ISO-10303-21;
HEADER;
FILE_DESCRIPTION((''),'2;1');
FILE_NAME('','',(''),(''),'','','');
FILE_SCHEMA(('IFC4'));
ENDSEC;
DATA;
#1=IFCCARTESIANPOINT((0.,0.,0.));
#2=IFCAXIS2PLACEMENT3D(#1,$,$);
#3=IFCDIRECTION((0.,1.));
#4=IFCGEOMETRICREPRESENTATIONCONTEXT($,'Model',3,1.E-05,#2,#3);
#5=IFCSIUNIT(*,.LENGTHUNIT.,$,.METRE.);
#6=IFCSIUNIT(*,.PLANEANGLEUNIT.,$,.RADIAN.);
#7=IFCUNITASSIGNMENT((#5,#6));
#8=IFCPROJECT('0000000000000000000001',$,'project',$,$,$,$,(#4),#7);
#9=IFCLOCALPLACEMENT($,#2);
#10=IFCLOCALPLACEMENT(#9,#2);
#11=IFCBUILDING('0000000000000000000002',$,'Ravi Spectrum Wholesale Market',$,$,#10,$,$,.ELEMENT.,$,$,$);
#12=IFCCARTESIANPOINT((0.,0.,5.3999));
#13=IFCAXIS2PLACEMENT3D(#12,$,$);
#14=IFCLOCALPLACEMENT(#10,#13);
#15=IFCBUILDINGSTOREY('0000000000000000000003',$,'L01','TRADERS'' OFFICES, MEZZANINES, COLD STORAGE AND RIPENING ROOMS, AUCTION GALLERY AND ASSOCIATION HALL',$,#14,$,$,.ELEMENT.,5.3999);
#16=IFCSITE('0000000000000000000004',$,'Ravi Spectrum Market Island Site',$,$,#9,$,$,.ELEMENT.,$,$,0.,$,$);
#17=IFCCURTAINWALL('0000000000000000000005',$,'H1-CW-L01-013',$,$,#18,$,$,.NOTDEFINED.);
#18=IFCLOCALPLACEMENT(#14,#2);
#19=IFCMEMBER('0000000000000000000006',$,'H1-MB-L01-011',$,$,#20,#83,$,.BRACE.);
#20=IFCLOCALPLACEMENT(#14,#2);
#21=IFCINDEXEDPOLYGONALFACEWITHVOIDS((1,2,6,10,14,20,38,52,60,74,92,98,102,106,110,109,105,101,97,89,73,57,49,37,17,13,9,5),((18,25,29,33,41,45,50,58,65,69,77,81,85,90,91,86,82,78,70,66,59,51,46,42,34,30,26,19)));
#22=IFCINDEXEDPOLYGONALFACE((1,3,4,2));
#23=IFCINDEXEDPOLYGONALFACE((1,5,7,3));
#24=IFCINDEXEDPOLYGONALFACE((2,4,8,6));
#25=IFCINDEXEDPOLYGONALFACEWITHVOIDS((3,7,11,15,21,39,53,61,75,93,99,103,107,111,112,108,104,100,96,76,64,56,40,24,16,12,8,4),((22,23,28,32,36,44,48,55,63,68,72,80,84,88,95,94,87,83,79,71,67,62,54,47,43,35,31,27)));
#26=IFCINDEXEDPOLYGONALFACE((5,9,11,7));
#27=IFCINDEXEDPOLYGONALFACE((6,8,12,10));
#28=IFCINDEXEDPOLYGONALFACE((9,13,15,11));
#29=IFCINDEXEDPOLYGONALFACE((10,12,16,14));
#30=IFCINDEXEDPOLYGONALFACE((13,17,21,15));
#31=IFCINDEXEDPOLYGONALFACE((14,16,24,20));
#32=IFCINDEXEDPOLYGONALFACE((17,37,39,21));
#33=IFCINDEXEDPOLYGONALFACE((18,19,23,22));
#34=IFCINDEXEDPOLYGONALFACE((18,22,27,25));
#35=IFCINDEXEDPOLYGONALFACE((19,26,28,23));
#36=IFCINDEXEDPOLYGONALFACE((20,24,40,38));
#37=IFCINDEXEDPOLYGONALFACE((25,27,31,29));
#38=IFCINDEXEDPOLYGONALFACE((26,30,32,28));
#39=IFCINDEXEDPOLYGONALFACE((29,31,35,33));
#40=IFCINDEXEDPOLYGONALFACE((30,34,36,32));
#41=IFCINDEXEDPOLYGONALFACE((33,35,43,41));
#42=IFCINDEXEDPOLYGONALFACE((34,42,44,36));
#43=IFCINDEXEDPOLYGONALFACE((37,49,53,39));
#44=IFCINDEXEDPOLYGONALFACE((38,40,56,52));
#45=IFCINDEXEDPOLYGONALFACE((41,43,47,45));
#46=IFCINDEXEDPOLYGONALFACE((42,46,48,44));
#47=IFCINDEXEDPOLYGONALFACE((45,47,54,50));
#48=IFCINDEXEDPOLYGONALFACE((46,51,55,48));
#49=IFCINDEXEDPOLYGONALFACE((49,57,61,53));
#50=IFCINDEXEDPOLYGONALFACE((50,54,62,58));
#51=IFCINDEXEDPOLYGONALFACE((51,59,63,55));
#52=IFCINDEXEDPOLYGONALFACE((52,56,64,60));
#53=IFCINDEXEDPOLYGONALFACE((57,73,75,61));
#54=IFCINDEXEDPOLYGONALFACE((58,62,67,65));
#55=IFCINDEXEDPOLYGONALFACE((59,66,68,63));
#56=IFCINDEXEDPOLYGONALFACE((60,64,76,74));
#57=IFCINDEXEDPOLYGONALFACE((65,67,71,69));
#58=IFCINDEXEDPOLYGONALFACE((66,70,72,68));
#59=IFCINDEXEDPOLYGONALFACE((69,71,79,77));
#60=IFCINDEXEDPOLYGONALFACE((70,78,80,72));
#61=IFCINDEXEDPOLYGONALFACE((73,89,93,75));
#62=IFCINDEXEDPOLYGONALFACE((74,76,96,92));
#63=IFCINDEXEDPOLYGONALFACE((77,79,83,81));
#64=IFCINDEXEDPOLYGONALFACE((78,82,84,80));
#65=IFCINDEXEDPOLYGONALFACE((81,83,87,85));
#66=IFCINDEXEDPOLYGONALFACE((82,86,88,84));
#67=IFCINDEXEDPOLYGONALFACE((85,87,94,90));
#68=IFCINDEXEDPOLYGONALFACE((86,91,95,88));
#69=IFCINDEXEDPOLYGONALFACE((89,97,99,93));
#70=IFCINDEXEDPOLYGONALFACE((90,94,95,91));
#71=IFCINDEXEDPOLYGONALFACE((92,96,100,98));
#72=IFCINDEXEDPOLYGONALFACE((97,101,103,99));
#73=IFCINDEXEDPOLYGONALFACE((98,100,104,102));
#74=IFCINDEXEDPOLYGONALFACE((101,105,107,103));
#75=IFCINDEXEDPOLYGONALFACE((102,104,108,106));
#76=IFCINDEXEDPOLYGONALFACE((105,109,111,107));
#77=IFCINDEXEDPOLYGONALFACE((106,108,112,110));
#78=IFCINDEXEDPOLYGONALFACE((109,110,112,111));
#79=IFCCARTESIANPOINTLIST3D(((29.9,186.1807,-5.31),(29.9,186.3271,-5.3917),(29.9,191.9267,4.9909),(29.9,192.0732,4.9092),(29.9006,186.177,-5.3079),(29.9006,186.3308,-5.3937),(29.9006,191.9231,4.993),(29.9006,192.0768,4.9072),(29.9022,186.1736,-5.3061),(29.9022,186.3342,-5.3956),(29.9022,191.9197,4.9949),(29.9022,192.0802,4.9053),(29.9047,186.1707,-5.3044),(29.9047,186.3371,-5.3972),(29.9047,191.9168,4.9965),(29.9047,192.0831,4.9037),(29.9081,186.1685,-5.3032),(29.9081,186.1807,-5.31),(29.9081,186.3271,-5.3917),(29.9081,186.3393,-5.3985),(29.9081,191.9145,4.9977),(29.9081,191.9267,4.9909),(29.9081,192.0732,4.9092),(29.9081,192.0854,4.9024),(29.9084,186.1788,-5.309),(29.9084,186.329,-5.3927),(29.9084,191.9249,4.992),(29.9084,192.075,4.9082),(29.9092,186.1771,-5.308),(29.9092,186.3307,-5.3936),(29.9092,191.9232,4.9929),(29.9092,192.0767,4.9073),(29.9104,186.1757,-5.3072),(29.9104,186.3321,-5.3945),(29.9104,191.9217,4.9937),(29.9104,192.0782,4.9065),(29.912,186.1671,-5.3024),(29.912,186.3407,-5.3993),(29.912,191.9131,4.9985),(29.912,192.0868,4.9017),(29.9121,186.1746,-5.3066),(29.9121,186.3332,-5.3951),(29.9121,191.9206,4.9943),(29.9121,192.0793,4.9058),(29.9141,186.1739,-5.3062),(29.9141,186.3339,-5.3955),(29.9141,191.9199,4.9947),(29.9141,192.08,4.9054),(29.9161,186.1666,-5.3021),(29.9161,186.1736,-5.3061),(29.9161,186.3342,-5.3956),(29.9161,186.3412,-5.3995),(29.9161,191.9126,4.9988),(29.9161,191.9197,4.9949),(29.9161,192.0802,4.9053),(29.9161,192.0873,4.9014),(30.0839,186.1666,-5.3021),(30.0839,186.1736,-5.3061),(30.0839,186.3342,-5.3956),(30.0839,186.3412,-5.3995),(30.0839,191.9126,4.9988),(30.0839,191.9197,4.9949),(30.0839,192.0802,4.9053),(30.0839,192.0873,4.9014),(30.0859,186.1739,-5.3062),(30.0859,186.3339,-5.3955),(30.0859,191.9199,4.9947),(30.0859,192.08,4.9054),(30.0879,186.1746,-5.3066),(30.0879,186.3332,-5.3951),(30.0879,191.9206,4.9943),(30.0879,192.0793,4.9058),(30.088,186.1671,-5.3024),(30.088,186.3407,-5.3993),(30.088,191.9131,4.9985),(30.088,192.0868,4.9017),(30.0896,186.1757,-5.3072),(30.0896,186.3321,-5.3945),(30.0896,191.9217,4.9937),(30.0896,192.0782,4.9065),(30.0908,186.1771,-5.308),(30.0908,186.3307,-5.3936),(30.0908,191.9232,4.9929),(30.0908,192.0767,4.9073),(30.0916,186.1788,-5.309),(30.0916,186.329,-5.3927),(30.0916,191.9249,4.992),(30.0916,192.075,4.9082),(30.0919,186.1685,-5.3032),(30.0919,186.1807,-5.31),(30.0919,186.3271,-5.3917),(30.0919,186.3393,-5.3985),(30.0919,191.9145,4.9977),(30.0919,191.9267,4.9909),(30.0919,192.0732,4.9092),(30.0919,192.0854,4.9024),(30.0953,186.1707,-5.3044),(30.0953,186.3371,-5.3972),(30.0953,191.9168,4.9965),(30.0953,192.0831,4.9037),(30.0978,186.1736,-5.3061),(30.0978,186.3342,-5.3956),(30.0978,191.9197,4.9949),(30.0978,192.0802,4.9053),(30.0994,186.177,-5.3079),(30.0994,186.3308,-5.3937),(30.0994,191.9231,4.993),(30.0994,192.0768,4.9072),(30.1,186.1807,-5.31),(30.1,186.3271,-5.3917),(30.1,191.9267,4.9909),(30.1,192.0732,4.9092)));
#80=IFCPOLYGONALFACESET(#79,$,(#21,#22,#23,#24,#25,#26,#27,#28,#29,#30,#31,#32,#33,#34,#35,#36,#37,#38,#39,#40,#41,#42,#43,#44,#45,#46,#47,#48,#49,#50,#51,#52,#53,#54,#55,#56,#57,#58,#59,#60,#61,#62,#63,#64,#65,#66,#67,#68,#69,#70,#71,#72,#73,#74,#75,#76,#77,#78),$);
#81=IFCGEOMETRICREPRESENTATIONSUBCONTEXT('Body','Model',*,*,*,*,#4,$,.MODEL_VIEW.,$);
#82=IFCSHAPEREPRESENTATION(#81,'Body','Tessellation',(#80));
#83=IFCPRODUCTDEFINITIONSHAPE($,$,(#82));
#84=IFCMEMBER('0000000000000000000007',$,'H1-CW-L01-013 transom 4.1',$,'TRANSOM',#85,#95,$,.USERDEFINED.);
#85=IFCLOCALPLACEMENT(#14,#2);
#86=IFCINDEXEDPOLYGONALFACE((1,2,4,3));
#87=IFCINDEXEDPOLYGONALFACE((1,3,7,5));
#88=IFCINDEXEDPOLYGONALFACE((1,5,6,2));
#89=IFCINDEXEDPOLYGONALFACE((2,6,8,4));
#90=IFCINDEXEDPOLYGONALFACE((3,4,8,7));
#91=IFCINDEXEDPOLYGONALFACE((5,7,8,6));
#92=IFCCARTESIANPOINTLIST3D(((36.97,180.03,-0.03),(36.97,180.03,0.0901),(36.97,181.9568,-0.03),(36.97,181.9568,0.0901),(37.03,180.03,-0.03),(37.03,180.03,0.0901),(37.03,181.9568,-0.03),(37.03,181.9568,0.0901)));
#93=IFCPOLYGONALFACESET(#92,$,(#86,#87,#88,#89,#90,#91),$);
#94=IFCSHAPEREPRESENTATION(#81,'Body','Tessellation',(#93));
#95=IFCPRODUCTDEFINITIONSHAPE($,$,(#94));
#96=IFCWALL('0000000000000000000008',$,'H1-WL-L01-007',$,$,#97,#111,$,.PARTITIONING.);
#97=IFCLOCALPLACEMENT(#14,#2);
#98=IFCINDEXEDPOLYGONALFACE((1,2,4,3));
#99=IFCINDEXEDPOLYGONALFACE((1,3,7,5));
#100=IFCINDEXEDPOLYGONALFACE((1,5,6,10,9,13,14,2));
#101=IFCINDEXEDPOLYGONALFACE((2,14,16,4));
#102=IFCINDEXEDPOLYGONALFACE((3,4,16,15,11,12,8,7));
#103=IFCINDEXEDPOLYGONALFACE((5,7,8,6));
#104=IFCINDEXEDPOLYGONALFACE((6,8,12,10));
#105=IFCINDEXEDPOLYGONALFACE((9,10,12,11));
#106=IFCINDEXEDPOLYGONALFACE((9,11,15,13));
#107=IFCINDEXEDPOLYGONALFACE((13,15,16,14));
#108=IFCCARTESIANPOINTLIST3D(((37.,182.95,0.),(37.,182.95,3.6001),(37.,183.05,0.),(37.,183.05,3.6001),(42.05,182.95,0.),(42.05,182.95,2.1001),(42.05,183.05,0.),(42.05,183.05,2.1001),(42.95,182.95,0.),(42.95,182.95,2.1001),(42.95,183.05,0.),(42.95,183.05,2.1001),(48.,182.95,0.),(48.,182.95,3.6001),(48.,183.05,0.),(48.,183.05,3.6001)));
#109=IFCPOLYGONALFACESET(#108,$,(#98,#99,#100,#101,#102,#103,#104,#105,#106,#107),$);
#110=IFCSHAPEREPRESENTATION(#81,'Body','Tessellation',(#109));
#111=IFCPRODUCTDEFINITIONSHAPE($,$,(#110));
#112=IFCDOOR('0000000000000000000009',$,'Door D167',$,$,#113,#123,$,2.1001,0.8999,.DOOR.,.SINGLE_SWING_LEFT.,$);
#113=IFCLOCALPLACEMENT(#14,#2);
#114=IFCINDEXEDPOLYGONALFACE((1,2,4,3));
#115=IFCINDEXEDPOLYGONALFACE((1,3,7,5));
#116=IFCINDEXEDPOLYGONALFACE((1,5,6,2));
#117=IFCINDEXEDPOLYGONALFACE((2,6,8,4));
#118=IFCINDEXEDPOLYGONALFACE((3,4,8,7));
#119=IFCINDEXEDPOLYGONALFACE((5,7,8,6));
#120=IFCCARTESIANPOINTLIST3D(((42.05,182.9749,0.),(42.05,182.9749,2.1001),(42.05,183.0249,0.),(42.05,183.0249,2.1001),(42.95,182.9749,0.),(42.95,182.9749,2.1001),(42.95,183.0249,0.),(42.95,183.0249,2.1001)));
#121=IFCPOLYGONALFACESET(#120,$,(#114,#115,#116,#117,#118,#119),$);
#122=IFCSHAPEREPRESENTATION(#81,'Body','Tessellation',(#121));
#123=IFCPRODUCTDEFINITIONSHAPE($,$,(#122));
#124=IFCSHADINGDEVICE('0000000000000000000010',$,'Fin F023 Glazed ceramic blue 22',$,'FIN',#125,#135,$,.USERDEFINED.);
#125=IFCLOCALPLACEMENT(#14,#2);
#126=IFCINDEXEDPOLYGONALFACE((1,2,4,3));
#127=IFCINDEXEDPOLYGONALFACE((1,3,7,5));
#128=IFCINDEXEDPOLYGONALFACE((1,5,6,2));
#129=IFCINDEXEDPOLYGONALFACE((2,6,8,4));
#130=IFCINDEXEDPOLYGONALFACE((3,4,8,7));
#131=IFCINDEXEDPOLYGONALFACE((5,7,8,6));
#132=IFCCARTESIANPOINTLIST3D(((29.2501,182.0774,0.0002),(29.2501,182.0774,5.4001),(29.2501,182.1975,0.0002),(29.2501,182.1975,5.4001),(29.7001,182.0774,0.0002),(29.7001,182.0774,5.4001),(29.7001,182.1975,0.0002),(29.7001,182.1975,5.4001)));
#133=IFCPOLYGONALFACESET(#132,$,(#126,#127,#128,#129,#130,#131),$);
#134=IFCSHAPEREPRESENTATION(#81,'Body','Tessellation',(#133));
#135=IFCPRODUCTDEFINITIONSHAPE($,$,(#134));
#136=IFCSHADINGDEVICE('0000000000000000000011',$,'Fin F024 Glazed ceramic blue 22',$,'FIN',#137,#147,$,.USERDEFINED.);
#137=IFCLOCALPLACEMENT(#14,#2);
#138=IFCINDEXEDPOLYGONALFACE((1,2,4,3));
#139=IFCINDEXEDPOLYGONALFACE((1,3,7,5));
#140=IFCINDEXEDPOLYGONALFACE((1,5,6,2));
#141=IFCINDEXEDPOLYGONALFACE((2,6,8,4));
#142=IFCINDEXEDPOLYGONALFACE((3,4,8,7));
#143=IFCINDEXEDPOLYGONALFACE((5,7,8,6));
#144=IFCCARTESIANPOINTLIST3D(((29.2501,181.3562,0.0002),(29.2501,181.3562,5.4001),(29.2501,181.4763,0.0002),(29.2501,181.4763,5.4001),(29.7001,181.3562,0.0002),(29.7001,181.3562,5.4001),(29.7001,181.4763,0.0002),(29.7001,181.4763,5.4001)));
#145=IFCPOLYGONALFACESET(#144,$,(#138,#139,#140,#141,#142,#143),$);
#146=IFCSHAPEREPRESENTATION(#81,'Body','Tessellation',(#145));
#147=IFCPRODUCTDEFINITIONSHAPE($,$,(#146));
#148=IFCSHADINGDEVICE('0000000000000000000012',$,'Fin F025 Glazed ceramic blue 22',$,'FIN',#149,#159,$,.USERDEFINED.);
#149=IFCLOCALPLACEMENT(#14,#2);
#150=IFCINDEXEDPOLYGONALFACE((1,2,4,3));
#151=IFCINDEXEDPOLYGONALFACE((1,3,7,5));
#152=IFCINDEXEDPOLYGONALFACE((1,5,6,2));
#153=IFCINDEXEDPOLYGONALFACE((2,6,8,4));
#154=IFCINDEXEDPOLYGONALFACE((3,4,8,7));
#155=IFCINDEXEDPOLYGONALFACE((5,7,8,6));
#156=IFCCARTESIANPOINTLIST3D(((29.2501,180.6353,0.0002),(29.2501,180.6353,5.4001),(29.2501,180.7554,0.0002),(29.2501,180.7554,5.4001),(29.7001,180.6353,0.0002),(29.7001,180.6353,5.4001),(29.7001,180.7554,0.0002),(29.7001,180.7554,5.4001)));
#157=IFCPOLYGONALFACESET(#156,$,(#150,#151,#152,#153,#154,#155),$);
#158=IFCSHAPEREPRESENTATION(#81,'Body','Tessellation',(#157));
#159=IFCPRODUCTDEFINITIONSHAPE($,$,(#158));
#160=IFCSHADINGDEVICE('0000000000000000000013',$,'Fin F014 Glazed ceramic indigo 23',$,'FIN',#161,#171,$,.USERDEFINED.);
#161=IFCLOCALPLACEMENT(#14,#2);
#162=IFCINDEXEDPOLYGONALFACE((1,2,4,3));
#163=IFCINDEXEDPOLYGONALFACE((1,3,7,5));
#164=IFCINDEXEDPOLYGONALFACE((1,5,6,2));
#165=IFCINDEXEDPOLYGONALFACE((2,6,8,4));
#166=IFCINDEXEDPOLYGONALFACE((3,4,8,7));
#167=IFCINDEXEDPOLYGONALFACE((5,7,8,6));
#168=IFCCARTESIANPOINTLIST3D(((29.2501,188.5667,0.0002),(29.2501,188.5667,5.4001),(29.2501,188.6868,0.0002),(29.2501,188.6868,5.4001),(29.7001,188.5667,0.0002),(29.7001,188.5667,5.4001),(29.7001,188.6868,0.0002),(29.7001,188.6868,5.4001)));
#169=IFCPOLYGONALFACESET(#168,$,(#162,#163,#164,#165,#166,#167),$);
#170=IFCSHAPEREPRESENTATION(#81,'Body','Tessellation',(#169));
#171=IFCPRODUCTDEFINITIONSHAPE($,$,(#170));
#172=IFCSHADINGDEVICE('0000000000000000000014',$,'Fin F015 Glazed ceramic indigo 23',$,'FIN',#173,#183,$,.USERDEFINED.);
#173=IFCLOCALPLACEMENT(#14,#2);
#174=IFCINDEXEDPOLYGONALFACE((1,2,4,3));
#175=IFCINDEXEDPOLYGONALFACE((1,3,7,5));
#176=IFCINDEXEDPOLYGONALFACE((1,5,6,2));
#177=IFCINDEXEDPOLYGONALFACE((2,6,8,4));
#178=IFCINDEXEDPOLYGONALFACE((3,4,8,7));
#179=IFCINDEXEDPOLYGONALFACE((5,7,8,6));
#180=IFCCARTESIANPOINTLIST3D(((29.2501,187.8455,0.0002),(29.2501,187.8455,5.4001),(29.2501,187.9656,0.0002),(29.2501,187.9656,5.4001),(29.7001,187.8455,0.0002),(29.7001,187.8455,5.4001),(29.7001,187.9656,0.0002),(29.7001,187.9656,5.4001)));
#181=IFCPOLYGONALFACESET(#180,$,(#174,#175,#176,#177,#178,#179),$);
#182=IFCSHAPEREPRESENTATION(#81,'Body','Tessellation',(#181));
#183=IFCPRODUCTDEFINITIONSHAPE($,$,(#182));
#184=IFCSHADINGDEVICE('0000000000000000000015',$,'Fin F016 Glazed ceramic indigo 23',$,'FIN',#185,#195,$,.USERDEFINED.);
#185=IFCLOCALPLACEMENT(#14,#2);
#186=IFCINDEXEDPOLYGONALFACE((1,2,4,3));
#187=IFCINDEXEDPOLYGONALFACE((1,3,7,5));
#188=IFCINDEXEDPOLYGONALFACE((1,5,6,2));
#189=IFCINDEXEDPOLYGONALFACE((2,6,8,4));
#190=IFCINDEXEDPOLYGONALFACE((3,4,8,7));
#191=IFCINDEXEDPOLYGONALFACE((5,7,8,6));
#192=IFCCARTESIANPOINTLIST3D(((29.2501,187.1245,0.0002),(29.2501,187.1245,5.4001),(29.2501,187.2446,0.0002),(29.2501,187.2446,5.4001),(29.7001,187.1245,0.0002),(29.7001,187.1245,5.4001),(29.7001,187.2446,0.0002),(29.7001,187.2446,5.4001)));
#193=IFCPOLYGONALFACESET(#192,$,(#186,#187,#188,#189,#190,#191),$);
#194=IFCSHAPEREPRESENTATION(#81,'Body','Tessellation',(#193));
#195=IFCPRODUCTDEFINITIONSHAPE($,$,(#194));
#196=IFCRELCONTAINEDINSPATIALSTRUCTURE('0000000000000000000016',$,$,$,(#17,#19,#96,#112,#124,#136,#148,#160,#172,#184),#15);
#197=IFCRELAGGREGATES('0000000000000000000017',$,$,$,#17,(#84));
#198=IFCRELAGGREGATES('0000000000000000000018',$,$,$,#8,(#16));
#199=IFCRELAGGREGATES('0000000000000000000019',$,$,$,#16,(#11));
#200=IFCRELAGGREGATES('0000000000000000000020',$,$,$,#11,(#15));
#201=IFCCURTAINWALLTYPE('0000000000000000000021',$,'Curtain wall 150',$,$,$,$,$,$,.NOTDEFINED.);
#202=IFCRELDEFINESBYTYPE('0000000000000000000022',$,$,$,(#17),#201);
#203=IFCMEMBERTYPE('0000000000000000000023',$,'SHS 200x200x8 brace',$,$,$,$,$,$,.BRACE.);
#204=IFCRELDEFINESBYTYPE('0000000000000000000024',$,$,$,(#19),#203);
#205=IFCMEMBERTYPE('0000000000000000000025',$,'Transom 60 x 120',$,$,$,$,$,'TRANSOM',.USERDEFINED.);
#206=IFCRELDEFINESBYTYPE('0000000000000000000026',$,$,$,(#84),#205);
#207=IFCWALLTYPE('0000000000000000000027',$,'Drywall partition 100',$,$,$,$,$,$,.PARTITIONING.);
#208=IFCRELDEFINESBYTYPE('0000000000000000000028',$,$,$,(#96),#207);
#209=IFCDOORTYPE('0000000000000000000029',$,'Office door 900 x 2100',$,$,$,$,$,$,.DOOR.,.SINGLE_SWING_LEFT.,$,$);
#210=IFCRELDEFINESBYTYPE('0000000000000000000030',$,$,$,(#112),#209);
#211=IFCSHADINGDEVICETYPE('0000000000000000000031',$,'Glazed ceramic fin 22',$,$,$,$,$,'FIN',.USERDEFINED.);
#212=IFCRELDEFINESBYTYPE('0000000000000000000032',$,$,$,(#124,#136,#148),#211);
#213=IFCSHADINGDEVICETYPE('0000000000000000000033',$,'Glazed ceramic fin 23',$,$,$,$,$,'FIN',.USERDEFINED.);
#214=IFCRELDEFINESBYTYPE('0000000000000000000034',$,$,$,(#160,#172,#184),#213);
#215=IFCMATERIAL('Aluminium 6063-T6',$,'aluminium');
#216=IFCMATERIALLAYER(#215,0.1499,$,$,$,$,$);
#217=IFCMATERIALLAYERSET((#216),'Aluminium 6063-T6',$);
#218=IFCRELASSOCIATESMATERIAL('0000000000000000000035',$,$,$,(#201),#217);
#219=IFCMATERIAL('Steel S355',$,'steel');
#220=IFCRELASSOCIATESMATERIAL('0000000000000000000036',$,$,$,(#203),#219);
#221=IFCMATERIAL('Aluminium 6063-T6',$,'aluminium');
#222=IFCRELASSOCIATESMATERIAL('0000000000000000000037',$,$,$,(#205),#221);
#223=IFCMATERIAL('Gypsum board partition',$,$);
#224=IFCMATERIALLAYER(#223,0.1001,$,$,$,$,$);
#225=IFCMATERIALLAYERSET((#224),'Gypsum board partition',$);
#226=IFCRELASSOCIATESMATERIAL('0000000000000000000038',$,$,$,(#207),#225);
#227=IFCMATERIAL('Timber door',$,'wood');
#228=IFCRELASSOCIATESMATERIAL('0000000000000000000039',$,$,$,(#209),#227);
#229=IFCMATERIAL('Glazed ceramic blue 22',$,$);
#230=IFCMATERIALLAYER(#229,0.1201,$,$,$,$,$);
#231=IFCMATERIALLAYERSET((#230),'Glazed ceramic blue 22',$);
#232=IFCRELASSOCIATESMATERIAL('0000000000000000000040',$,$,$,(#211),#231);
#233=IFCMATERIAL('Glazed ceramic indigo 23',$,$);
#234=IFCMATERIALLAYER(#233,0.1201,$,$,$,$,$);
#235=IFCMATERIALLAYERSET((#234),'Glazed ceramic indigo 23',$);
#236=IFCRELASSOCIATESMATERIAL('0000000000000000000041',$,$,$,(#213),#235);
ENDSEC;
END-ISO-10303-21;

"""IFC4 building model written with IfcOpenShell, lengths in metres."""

from ifc_helpers import new_model, si_unit, direction, frame, frame_2d, origin, origin_2d, place, context, subcontext, project, spatial, rectangle, hollow_rectangle, extrude, material, layer, layer_set, material_profile, profile_set, type_object, element, fill, aggregate, save


model = new_model("IFC4")

# Units and contexts
model_context = context("Model", 3, precision=1e-05, world=origin(), true_north=direction((0.0, 1.0)))
body_context = subcontext(model_context, "Body", "Model", "MODEL_VIEW")
ifc_project = project(units=[si_unit("LENGTHUNIT", "METRE"), si_unit("PLANEANGLEUNIT", "RADIAN")], contexts=[model_context])

# Site, building, storey
site_placement = place(None, origin())
site = spatial("IfcSite", under=ifc_project, at=site_placement, Name="Ravi Spectrum Market Island Site", CompositionType="ELEMENT", RefElevation=0.0)
building_placement = place(site_placement, origin())
building = spatial("IfcBuilding", under=site, at=building_placement, Name="Ravi Spectrum Wholesale Market", CompositionType="ELEMENT")
storey_placement = place(building_placement, frame((0.0, 0.0, 5.3999)))
storey = spatial("IfcBuildingStorey", under=building, at=storey_placement, Name="L01", Description="TRADERS' OFFICES, MEZZANINES, COLD STORAGE AND RIPENING ROOMS, AUCTION GALLERY AND ASSOCIATION HALL", CompositionType="ELEMENT", Elevation=5.3999)

# Curtain wall
ifc_material_1 = material(Name="Aluminium 6063-T6", Category="aluminium")
ifc_layer_1 = layer(ifc_material_1, 0.1499)
ifc_layer_set_1 = layer_set([ifc_layer_1], Name="Aluminium 6063-T6")
curtain_wall_type = type_object("IfcCurtainWallType", Name="Curtain wall 150", PredefinedType="NOTDEFINED", material=ifc_layer_set_1)
curtain_wall_placement = place(storey_placement, origin())
curtain_wall = element("IfcCurtainWall", 1, at=curtain_wall_placement, inside=storey, type_object=curtain_wall_type, Name="H1-CW-L01-013", PredefinedType="NOTDEFINED")

# Members
ifc_material_2 = material(Name="Steel S355", Category="steel")
ifc_material_profile_1 = material_profile(ifc_material_2, hollow_rectangle(XDim=0.2, YDim=0.2, WallThickness=0.0081, InnerFilletRadius=0.0081, OuterFilletRadius=0.0161, at=origin_2d()))
ifc_profile_set_1 = profile_set([ifc_material_profile_1], Name="Steel S355")
member_type_1 = type_object("IfcMemberType", Name="SHS 200x200x8 brace", PredefinedType="BRACE", material=ifc_profile_set_1)
member_1_placement = place(storey_placement, frame((30.0, 186.2539, -5.3508), z_axis=(0.0, 0.487152, 0.873317), x_axis=(-1.0, 0.0, 0.0)))
element("IfcMember", 2, at=member_1_placement, inside=storey, type_object=member_type_1, Name="H1-MB-L01-011", PredefinedType="BRACE", context=body_context, shape_type="SweptSolid", body=[
    extrude(hollow_rectangle(XDim=0.2, YDim=0.2, WallThickness=0.0081, InnerFilletRadius=0.0081, OuterFilletRadius=0.0161, at=origin_2d()), origin(), (0.0, 0.0, 1.0), 11.7952),
])
ifc_material_3 = material(Name="Aluminium 6063-T6", Category="aluminium")
ifc_material_profile_2 = material_profile(ifc_material_3, rectangle(XDim=0.0601, YDim=0.1201, at=origin_2d()))
ifc_profile_set_2 = profile_set([ifc_material_profile_2], Name="Aluminium 6063-T6")
member_type_2 = type_object("IfcMemberType", Name="Transom 60 x 120", ElementType="TRANSOM", PredefinedType="USERDEFINED", material=ifc_profile_set_2)
member_2_placement = place(storey_placement, frame((37.0, 180.03, 0.03), z_axis=(0.0, 1.0, 0.0), x_axis=(-1.0, 0.0, 0.0)))
member_2 = element("IfcMember", 3, at=member_2_placement, type_object=member_type_2, Name="H1-CW-L01-013 transom 4.1", ObjectType="TRANSOM", PredefinedType="USERDEFINED", context=body_context, shape_type="SweptSolid", body=[
    extrude(rectangle(XDim=0.0601, YDim=0.1201, at=origin_2d()), origin(), (0.0, 0.0, 1.0), 1.9268),
])
aggregate(curtain_wall, [member_2])

# Wall, opening, door
ifc_material_4 = material(Name="Gypsum board partition")
ifc_layer_2 = layer(ifc_material_4, 0.1001)
ifc_layer_set_2 = layer_set([ifc_layer_2], Name="Gypsum board partition")
wall_type = type_object("IfcWallType", Name="Drywall partition 100", PredefinedType="PARTITIONING", material=ifc_layer_set_2)
wall_placement = place(storey_placement, frame((37.0, 183.0, 0.0), z_axis=(0.0, 0.0, 1.0), x_axis=(1.0, 0.0, 0.0)))
wall = element("IfcWall", 4, at=wall_placement, inside=storey, type_object=wall_type, Name="H1-WL-L01-007", PredefinedType="PARTITIONING", context=body_context, shape_type="SweptSolid", body=[
    extrude(rectangle(XDim=11.0, YDim=0.1001, at=frame_2d((5.5, 0.0))), origin(), (0.0, 0.0, 1.0), 3.6001),
])
opening_placement = place(wall_placement, frame((5.05, 0.0, 0.0)))
opening = element("IfcOpeningElement", 5, at=opening_placement, cuts=wall, PredefinedType="OPENING", context=body_context, shape_type="SweptSolid", body=[
    extrude(rectangle(XDim=0.8999, YDim=2.1001, at=frame_2d((0.45, 1.05))), frame((0.0, 0.0601, 0.0), z_axis=(0.0, -1.0, 0.0), x_axis=(1.0, 0.0, 0.0)), (0.0, 0.0, 1.0), 0.1201),
])
ifc_material_5 = material(Name="Timber door", Category="wood")
door_type = type_object("IfcDoorType", Name="Office door 900 x 2100", OperationType="SINGLE_SWING_LEFT", PredefinedType="DOOR", material=ifc_material_5)
door_placement = place(opening_placement, origin())
door = element("IfcDoor", 6, at=door_placement, inside=storey, type_object=door_type, Name="Door D167", OperationType="SINGLE_SWING_LEFT", OverallHeight=2.1001, OverallWidth=0.8999, PredefinedType="DOOR", context=body_context, shape_type="SweptSolid", body=[
    extrude(rectangle(XDim=0.8999, YDim=2.1001, at=frame_2d((0.45, 1.05))), frame((0.0, 0.0249, 0.0), z_axis=(0.0, -1.0, 0.0), x_axis=(1.0, 0.0, 0.0)), (0.0, 0.0, 1.0), 0.05),
])
fill(opening, door)

# Shading devices
ifc_material_6 = material(Name="Glazed ceramic blue 22")
ifc_layer_3 = layer(ifc_material_6, 0.1201)
ifc_layer_set_3 = layer_set([ifc_layer_3], Name="Glazed ceramic blue 22")
shading_device_type_1 = type_object("IfcShadingDeviceType", Name="Glazed ceramic fin 22", ElementType="FIN", PredefinedType="USERDEFINED", material=ifc_layer_set_3)
for number, where, z_axis, x_axis, name in (
    (7, (29.4751, 182.1375, 0.0002), (0.0, 0.0, 1.0), (0.0, -1.0, 0.0), "Fin F023 Glazed ceramic blue 22"),
    (8, (29.4751, 181.4163, 0.0002), (0.0, 0.0, 1.0), (0.0, -1.0, 0.0), "Fin F024 Glazed ceramic blue 22"),
    (9, (29.4751, 180.6953, 0.0002), (0.0, 0.0, 1.0), (0.0, -1.0, 0.0), "Fin F025 Glazed ceramic blue 22"),
):
    element("IfcShadingDevice", number, at=place(storey_placement, frame(where, z_axis=z_axis, x_axis=x_axis)), inside=storey, type_object=shading_device_type_1, Name=name, ObjectType="FIN", PredefinedType="USERDEFINED", context=body_context, shape_type="SweptSolid", body=[
        extrude(rectangle(XDim=0.1201, YDim=0.45, at=origin_2d()), origin(), (0.0, 0.0, 1.0), 5.3999),
    ])
ifc_material_7 = material(Name="Glazed ceramic indigo 23")
ifc_layer_4 = layer(ifc_material_7, 0.1201)
ifc_layer_set_4 = layer_set([ifc_layer_4], Name="Glazed ceramic indigo 23")
shading_device_type_2 = type_object("IfcShadingDeviceType", Name="Glazed ceramic fin 23", ElementType="FIN", PredefinedType="USERDEFINED", material=ifc_layer_set_4)
for number, where, z_axis, x_axis, name in (
    (10, (29.4751, 188.6267, 0.0002), (0.0, 0.0, 1.0), (0.0, -1.0, 0.0), "Fin F014 Glazed ceramic indigo 23"),
    (11, (29.4751, 187.9055, 0.0002), (0.0, 0.0, 1.0), (0.0, -1.0, 0.0), "Fin F015 Glazed ceramic indigo 23"),
    (12, (29.4751, 187.1846, 0.0002), (0.0, 0.0, 1.0), (0.0, -1.0, 0.0), "Fin F016 Glazed ceramic indigo 23"),
):
    element("IfcShadingDevice", number, at=place(storey_placement, frame(where, z_axis=z_axis, x_axis=x_axis)), inside=storey, type_object=shading_device_type_2, Name=name, ObjectType="FIN", PredefinedType="USERDEFINED", context=body_context, shape_type="SweptSolid", body=[
        extrude(rectangle(XDim=0.1201, YDim=0.45, at=origin_2d()), origin(), (0.0, 0.0, 1.0), 5.3999),
    ])

save(model, "model.ifc")
